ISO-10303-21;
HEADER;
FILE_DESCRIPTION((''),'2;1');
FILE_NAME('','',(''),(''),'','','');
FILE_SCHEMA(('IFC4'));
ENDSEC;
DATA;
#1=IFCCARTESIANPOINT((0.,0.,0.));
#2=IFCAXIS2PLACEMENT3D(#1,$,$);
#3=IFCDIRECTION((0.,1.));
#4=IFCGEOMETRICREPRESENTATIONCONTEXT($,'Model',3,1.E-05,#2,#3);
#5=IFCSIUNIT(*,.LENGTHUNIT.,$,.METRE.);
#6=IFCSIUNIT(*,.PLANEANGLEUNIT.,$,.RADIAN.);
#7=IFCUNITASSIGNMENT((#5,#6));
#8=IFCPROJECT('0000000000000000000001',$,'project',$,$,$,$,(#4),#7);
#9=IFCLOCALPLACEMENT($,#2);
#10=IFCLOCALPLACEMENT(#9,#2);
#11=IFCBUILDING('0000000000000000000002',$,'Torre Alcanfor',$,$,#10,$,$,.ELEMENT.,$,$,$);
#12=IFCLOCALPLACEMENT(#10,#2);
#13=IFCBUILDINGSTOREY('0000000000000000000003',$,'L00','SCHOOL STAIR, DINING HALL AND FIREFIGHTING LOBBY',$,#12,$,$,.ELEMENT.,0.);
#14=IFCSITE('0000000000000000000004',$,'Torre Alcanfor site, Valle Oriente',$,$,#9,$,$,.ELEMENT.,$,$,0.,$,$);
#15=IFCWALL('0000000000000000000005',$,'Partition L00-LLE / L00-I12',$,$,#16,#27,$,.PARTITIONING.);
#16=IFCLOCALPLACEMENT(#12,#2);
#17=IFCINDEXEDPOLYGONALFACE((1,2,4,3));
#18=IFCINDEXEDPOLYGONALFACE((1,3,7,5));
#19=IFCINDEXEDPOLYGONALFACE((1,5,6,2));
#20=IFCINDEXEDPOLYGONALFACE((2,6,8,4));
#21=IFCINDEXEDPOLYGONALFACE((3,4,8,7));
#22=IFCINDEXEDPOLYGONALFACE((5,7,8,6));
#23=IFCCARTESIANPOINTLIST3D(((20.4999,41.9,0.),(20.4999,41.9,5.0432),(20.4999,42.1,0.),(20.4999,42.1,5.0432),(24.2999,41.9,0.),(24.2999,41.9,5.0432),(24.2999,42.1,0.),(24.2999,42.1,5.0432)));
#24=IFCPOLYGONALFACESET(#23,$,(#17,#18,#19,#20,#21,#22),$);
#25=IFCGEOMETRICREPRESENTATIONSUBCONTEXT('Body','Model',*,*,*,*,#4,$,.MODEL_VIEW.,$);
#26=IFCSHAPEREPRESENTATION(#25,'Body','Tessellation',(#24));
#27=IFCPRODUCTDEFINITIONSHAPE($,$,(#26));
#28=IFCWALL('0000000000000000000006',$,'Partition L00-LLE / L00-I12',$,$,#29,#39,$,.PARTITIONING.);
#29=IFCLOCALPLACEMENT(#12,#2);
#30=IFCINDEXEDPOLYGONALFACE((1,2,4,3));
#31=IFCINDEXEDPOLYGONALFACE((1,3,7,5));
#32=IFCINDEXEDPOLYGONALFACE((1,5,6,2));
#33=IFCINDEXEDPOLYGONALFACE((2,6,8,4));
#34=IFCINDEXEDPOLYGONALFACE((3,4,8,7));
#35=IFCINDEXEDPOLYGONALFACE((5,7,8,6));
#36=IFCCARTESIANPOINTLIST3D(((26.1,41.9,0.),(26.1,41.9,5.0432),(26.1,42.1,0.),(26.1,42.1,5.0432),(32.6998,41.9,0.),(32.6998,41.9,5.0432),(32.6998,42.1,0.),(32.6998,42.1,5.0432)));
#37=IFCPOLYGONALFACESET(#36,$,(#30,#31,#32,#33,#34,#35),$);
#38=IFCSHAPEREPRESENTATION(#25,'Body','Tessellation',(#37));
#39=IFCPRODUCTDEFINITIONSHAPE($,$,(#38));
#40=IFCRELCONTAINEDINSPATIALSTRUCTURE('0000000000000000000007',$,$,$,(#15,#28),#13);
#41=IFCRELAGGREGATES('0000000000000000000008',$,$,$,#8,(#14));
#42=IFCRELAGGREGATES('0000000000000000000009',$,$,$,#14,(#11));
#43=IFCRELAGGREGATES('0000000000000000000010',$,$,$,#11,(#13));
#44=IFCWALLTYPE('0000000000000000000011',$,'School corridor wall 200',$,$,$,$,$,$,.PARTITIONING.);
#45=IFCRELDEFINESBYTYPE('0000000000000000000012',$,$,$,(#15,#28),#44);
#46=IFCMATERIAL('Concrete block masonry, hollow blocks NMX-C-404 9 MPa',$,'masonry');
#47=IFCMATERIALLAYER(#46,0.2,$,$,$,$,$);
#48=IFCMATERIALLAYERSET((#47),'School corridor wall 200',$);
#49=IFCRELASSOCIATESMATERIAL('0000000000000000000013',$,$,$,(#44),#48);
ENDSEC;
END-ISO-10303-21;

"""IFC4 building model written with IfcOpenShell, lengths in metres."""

from ifc_helpers import new_model, si_unit, direction, frame, frame_2d, origin, place, context, subcontext, project, spatial, rectangle, extrude, material, layer, layer_set, type_object, element, save


model = new_model("IFC4")

# Units and contexts
model_context = context("Model", 3, precision=1e-05, world=origin(), true_north=direction((0.0, 1.0)))
body_context = subcontext(model_context, "Body", "Model", "MODEL_VIEW")
ifc_project = project(units=[si_unit("LENGTHUNIT", "METRE"), si_unit("PLANEANGLEUNIT", "RADIAN")], contexts=[model_context])

# Site, building, storey
site_placement = place(None, origin())
site = spatial("IfcSite", under=ifc_project, at=site_placement, Name="Torre Alcanfor site, Valle Oriente", CompositionType="ELEMENT", RefElevation=0.0)
building_placement = place(site_placement, origin())
building = spatial("IfcBuilding", under=site, at=building_placement, Name="Torre Alcanfor", CompositionType="ELEMENT")
storey_placement = place(building_placement, origin())
storey = spatial("IfcBuildingStorey", under=building, at=storey_placement, Name="L00", Description="SCHOOL STAIR, DINING HALL AND FIREFIGHTING LOBBY", CompositionType="ELEMENT", Elevation=0.0)

# Shared definitions
ifc_material_1 = material(Name="Concrete block masonry, hollow blocks NMX-C-404 9 MPa", Category="masonry")
ifc_layer_1 = layer(ifc_material_1, 0.2)
ifc_layer_set_1 = layer_set([ifc_layer_1], Name="School corridor wall 200")
wall_type_1 = type_object("IfcWallType", Name="School corridor wall 200", PredefinedType="PARTITIONING", material=ifc_layer_set_1)

# Walls
wall_1_placement = place(storey_placement, frame((20.5, 42.0, 0.0), z_axis=(0.0, 0.0, 1.0), x_axis=(1.0, 0.0, 0.0)))
element("IfcWall", 1, at=wall_1_placement, inside=storey, type_object=wall_type_1, Name="Partition L00-LLE / L00-I12", PredefinedType="PARTITIONING", context=body_context, shape_type="SweptSolid", body=[
    extrude(rectangle(XDim=3.8, YDim=0.2, at=frame_2d((1.8999, 0.0))), origin(), (0.0, 0.0, 1.0), 5.0432),
])
wall_2_placement = place(storey_placement, frame((26.1001, 42.0, 0.0), z_axis=(0.0, 0.0, 1.0), x_axis=(1.0, 0.0, 0.0)))
element("IfcWall", 2, at=wall_2_placement, inside=storey, type_object=wall_type_1, Name="Partition L00-LLE / L00-I12", PredefinedType="PARTITIONING", context=body_context, shape_type="SweptSolid", body=[
    extrude(rectangle(XDim=6.5999, YDim=0.2, at=frame_2d((3.2998, 0.0))), origin(), (0.0, 0.0, 1.0), 5.0432),
])

save(model, "model.ifc")
